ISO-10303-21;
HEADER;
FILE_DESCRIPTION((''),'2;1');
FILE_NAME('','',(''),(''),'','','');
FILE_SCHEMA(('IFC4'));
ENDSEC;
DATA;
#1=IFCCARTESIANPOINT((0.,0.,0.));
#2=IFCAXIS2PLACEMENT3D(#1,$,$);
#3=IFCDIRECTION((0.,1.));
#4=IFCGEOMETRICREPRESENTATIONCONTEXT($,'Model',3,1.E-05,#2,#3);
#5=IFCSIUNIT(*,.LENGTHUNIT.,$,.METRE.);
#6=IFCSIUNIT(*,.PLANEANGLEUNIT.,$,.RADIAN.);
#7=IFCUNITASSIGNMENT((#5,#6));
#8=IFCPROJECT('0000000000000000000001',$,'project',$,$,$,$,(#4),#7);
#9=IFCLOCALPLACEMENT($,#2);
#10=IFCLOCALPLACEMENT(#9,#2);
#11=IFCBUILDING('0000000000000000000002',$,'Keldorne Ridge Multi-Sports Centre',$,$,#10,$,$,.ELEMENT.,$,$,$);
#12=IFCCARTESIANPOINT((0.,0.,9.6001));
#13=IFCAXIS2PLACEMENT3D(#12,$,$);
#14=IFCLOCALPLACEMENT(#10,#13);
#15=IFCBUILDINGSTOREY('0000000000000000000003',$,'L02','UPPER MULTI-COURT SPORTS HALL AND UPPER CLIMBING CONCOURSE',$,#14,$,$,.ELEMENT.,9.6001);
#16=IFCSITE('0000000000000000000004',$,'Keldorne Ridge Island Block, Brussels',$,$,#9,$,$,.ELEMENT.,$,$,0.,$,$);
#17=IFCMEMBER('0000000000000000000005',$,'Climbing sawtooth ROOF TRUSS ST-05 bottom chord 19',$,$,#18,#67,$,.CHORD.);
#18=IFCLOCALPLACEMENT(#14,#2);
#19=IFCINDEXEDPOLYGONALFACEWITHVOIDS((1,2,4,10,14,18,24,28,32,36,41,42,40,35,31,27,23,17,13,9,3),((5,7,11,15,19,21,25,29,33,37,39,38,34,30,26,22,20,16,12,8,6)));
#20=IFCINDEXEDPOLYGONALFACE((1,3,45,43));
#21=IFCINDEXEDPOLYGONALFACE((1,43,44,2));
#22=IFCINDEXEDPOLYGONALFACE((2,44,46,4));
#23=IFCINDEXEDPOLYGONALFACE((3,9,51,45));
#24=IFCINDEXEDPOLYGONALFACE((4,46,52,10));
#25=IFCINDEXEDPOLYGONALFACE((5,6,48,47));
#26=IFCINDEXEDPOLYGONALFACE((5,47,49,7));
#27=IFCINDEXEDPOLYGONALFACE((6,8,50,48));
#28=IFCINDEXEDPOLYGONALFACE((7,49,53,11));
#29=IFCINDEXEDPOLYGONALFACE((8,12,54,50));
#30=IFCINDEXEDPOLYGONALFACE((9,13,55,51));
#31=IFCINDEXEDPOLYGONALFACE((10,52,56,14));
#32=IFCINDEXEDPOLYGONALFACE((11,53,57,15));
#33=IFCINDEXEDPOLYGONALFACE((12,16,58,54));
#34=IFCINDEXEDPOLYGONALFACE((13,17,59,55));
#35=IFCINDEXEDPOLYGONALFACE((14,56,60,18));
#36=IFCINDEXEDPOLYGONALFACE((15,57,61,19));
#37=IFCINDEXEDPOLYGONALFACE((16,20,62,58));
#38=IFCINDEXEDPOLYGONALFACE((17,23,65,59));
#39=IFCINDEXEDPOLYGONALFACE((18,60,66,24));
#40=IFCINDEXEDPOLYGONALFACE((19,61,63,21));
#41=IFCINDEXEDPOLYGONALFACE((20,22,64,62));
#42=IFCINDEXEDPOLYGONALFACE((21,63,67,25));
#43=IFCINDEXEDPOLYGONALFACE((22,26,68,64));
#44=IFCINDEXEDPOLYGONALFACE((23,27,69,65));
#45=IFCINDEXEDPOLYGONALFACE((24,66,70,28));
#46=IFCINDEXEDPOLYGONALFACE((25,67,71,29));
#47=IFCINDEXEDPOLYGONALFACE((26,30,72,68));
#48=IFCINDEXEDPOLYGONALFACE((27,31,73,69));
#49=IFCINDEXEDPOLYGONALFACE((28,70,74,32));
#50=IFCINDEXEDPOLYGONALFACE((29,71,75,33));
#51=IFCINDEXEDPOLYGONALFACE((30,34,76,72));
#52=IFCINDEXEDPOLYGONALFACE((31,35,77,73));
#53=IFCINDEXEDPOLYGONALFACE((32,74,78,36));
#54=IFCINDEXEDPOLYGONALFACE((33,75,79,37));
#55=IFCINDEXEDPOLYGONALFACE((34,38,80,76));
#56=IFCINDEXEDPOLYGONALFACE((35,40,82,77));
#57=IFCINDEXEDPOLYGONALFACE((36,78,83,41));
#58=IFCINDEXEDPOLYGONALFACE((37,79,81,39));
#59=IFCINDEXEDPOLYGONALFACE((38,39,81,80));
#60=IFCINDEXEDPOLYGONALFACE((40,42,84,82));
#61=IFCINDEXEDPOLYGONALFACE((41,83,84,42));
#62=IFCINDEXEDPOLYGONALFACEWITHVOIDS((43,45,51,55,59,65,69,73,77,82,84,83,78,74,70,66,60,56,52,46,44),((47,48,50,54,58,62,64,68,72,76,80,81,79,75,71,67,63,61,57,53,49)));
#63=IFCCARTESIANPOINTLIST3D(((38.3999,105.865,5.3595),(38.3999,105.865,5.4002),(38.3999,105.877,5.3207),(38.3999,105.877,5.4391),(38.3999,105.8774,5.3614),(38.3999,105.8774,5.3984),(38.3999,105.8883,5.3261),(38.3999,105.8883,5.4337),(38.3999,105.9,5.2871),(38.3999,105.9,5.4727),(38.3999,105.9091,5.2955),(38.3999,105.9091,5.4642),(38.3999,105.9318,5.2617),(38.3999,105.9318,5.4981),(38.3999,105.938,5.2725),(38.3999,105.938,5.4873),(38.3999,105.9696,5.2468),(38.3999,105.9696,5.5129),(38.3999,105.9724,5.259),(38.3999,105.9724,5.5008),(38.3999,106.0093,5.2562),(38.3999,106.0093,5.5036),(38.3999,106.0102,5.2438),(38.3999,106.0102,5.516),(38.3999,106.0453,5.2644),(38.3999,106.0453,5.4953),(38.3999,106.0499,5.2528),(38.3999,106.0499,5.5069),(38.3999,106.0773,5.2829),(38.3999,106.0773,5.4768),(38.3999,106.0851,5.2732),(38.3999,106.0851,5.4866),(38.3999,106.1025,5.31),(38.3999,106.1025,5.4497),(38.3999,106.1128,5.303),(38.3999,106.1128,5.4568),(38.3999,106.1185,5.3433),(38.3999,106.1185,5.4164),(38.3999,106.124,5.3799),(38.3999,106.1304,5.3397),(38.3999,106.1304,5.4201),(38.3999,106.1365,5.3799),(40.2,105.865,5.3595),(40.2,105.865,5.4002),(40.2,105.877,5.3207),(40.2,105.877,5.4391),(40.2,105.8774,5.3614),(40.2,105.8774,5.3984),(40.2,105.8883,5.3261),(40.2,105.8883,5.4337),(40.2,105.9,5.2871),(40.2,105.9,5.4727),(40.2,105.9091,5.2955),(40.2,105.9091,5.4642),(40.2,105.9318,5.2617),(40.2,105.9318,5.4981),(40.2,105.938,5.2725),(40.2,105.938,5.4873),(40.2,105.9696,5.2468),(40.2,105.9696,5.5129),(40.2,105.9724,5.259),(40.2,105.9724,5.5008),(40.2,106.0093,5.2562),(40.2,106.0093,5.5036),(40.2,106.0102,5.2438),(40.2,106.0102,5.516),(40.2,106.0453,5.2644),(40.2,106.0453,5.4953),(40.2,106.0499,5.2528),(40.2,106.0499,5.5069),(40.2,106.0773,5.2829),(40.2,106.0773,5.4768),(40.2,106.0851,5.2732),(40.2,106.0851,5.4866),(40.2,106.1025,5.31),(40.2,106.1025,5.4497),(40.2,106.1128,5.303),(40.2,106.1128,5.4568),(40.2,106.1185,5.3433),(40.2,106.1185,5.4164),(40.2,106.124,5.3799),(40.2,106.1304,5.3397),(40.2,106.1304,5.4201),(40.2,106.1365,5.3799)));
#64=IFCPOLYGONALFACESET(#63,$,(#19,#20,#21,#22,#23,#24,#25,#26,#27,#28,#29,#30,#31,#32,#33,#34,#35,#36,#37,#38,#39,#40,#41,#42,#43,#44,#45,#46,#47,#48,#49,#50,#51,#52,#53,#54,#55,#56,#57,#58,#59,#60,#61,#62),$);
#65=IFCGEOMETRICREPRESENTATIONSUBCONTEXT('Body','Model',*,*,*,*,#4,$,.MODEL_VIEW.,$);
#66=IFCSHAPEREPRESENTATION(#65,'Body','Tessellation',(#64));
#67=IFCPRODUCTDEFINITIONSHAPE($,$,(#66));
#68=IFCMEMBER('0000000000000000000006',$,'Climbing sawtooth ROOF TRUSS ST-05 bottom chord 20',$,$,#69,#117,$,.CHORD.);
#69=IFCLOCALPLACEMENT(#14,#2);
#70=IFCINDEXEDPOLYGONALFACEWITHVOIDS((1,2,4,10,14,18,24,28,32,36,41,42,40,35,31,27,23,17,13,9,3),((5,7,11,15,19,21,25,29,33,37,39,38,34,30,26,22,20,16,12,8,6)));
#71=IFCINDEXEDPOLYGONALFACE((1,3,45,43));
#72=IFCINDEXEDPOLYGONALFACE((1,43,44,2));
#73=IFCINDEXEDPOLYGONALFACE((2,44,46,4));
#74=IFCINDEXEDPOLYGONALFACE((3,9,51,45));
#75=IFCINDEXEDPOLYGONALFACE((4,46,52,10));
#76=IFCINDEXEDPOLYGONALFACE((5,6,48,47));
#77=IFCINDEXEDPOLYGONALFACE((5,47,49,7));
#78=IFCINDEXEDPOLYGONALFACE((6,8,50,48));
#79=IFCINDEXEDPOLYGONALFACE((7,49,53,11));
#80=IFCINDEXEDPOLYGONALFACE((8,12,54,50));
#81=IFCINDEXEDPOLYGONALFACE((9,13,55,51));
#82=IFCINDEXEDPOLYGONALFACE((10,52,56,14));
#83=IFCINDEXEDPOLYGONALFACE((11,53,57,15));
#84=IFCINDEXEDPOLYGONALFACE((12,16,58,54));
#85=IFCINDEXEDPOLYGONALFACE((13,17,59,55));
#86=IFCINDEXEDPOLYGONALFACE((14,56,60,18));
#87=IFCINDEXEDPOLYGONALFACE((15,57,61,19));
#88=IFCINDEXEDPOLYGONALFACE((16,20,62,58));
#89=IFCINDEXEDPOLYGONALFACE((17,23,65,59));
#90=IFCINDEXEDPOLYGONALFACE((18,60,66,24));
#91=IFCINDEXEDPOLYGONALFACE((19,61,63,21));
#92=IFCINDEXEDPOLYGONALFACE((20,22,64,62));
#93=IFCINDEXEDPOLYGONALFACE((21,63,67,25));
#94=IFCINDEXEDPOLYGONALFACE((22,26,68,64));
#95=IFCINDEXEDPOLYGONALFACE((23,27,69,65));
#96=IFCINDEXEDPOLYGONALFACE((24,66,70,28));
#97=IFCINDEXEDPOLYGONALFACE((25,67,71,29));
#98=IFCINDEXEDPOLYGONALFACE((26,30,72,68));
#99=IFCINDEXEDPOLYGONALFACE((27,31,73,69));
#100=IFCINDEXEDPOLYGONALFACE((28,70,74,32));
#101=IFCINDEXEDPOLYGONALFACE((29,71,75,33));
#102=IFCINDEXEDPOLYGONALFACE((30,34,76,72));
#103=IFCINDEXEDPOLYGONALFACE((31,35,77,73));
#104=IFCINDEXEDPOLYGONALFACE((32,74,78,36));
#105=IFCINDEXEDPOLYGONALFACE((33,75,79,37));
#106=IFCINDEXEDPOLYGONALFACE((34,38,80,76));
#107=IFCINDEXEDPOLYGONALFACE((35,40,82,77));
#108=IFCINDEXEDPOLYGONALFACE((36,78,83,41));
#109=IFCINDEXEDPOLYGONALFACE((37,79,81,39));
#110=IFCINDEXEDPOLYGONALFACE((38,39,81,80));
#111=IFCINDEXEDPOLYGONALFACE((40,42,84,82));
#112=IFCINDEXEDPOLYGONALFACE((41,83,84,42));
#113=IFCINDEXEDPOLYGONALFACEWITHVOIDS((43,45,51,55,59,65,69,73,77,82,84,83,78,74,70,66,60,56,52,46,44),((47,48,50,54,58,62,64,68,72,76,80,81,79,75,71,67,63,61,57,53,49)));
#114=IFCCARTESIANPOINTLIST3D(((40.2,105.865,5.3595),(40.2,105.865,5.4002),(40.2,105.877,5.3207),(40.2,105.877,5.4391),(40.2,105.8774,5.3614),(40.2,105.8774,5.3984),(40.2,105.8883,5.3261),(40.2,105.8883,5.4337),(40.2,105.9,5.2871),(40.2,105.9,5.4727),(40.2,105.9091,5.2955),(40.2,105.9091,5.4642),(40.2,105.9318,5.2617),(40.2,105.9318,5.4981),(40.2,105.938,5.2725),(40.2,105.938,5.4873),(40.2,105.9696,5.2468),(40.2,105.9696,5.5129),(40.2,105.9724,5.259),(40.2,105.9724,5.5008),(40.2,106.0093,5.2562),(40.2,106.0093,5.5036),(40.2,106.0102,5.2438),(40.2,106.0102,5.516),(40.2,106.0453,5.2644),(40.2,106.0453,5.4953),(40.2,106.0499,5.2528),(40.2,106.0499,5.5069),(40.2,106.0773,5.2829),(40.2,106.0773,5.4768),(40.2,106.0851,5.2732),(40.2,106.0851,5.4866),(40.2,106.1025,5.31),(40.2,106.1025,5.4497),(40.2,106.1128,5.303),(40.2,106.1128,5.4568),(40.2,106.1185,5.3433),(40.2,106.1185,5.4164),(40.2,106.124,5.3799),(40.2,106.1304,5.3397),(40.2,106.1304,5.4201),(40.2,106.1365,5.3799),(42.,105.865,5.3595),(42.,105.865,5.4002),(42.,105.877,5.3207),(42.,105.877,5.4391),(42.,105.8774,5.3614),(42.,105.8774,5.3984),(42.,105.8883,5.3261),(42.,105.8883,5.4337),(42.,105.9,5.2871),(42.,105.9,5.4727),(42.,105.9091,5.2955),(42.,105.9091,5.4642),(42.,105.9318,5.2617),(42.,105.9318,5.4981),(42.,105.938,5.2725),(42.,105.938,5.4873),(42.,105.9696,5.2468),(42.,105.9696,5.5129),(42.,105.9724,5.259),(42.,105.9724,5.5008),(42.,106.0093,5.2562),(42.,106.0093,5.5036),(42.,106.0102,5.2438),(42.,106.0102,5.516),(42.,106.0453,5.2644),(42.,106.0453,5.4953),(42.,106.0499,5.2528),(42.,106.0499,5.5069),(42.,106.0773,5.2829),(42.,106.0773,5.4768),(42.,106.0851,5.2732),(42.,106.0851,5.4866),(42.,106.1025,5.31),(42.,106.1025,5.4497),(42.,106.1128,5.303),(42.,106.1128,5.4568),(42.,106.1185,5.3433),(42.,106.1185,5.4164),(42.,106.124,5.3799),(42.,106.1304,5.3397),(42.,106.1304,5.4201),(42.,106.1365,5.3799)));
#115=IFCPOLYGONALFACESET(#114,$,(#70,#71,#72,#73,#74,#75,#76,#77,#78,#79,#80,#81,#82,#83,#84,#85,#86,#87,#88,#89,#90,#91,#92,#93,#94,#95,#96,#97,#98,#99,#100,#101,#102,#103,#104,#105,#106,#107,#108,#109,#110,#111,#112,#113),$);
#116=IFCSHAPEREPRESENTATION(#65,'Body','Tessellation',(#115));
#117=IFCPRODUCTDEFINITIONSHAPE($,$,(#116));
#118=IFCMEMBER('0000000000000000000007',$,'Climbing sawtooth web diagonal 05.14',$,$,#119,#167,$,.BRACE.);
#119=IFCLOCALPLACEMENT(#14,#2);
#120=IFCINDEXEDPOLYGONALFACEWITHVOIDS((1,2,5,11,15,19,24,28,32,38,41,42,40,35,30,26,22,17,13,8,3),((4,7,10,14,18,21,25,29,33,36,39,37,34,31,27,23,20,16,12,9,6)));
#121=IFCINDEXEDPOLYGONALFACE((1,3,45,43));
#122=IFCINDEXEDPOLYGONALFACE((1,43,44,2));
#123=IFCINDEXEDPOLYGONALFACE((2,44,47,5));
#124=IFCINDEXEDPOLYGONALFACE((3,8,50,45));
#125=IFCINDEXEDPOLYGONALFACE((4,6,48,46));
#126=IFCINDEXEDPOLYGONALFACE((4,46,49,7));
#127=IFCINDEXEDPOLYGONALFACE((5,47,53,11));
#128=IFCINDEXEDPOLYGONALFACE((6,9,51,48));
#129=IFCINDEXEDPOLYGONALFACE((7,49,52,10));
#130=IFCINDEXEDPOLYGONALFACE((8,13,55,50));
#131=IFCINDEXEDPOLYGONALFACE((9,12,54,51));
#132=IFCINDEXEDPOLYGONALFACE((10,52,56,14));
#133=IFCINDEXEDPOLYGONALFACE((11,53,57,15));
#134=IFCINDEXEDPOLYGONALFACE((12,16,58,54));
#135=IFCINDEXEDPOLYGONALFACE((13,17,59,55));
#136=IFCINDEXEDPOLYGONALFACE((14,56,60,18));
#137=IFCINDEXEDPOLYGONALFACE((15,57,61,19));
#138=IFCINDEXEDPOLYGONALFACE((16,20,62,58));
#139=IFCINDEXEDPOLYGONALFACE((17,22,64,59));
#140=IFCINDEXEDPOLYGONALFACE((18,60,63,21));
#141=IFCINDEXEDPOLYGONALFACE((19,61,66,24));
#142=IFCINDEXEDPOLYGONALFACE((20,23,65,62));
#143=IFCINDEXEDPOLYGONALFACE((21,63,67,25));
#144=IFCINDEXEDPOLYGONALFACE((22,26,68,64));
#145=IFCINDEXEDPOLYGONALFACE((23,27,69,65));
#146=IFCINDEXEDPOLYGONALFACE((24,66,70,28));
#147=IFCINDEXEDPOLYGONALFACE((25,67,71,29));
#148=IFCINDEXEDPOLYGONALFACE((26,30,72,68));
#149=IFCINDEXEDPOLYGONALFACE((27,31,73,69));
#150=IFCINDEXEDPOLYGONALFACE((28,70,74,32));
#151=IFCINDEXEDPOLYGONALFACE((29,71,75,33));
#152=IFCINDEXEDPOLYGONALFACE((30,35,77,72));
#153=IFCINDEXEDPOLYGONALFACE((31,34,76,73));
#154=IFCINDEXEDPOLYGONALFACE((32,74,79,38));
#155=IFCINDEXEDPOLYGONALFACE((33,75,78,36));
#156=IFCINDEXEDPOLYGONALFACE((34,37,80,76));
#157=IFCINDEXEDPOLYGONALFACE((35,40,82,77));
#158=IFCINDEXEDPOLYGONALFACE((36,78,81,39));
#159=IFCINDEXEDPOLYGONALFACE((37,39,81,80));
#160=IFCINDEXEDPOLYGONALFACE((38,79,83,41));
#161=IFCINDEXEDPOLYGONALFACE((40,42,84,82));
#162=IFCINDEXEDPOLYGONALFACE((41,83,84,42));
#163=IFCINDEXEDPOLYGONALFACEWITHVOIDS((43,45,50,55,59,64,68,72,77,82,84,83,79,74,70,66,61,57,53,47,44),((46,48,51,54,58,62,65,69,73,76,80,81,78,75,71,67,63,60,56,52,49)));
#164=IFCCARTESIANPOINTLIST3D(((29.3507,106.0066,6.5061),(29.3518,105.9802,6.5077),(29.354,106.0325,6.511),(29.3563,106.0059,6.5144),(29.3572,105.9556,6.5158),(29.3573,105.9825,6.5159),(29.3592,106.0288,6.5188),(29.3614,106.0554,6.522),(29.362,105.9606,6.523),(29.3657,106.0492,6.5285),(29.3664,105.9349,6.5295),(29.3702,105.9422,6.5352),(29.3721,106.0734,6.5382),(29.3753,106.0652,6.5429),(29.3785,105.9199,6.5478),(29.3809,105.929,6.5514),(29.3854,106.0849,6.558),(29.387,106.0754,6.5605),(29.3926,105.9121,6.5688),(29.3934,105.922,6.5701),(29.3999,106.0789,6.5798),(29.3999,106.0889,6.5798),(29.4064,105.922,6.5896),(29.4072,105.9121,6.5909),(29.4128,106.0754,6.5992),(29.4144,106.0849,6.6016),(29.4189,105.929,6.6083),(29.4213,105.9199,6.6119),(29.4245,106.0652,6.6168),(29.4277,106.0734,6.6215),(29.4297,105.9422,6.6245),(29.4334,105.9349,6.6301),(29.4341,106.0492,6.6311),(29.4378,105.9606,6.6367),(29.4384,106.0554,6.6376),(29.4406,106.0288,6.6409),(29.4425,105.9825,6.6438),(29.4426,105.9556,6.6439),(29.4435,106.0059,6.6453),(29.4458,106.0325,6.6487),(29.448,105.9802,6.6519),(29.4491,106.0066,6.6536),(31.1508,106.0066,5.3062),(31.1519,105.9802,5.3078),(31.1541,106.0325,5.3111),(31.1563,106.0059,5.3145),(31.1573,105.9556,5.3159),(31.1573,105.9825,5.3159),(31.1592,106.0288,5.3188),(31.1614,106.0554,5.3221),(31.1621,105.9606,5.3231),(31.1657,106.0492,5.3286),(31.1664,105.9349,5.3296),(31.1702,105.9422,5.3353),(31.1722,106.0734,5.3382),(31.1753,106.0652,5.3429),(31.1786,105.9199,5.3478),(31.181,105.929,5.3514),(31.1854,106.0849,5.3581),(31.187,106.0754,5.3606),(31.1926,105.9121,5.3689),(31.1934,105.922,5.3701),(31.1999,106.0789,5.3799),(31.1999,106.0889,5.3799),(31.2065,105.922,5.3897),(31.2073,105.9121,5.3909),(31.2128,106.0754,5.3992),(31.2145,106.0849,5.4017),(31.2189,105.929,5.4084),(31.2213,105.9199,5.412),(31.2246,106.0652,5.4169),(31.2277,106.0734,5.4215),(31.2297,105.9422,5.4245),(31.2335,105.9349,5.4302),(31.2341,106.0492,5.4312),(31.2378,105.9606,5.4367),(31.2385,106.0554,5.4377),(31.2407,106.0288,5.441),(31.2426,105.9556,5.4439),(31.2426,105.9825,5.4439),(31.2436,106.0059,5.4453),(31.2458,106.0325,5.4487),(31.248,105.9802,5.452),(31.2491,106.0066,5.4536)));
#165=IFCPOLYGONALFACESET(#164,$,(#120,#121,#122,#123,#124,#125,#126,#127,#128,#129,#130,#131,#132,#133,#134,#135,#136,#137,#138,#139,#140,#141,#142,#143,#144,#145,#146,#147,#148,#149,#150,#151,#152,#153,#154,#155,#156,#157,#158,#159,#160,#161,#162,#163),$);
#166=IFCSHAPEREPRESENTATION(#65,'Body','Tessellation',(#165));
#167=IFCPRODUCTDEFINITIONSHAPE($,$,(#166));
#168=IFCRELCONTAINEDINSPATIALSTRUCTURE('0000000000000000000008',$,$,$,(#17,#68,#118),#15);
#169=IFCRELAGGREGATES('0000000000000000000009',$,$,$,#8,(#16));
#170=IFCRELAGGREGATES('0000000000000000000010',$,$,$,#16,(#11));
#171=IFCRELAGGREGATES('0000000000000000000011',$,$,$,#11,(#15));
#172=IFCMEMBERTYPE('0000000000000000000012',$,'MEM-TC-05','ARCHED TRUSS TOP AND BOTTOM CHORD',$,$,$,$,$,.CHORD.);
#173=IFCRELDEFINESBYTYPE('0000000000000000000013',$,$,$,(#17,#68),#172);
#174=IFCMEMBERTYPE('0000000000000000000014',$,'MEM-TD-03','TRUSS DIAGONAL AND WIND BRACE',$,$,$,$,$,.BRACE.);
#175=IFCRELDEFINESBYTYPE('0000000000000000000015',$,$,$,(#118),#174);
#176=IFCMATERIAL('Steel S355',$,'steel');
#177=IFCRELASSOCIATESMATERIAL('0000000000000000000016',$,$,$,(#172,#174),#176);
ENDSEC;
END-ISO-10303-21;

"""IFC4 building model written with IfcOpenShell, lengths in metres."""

from ifc_helpers import new_model, si_unit, direction, frame, origin, origin_2d, place, context, subcontext, project, spatial, hollow_circle, extrude, material, material_profile, profile_set, type_object, element, save


model = new_model("IFC4")

# Units and contexts
model_context = context("Model", 3, precision=1e-05, world=origin(), true_north=direction((0.0, 1.0)))
body_context = subcontext(model_context, "Body", "Model", "MODEL_VIEW")
ifc_project = project(units=[si_unit("LENGTHUNIT", "METRE"), si_unit("PLANEANGLEUNIT", "RADIAN")], contexts=[model_context])

# Site, building, storey
site_placement = place(None, origin())
site = spatial("IfcSite", under=ifc_project, at=site_placement, Name="Keldorne Ridge Island Block, Brussels", CompositionType="ELEMENT", RefElevation=0.0)
building_placement = place(site_placement, origin())
building = spatial("IfcBuilding", under=site, at=building_placement, Name="Keldorne Ridge Multi-Sports Centre", CompositionType="ELEMENT")
storey_placement = place(building_placement, frame((0.0, 0.0, 9.6001)))
storey = spatial("IfcBuildingStorey", under=building, at=storey_placement, Name="L02", Description="UPPER MULTI-COURT SPORTS HALL AND UPPER CLIMBING CONCOURSE", CompositionType="ELEMENT", Elevation=9.6001)

# Shared definitions
ifc_material_1 = material(Name="Steel S355", Category="steel")

# Members
ifc_material_profile_1 = material_profile(ifc_material_1, hollow_circle(Radius=0.1365, WallThickness=0.0125, at=origin_2d()), Name="CHS 273x12.5")
ifc_profile_set_1 = profile_set([ifc_material_profile_1], Name="Steel S355")
member_type_1 = type_object("IfcMemberType", Name="MEM-TC-05", Description="ARCHED TRUSS TOP AND BOTTOM CHORD", PredefinedType="CHORD", material=ifc_profile_set_1)
for number, where, z_axis, x_axis, name in (
    (1, (38.3999, 106.0, 5.3799), (1.0, 0.0, 0.0), (0.0, 1.0, 0.0), "Climbing sawtooth ROOF TRUSS ST-05 bottom chord 19"),
    (2, (40.2, 106.0, 5.3799), (1.0, 0.0, 0.0), (0.0, 1.0, 0.0), "Climbing sawtooth ROOF TRUSS ST-05 bottom chord 20"),
):
    element("IfcMember", number, at=place(storey_placement, frame(where, z_axis=z_axis, x_axis=x_axis)), inside=storey, type_object=member_type_1, Name=name, PredefinedType="CHORD", context=body_context, shape_type="SweptSolid", body=[
        extrude(hollow_circle(Radius=0.1365, WallThickness=0.0125, at=origin_2d()), origin(), (0.0, 0.0, 1.0), 1.8),
    ])
ifc_material_profile_2 = material_profile(ifc_material_1, hollow_circle(Radius=0.0889, WallThickness=0.01, at=origin_2d()), Name="CHS 177.8x10")
ifc_profile_set_2 = profile_set([ifc_material_profile_2], Name="Steel S355")
member_type_2 = type_object("IfcMemberType", Name="MEM-TD-03", Description="TRUSS DIAGONAL AND WIND BRACE", PredefinedType="BRACE", material=ifc_profile_set_2)
for number, where, z_axis, x_axis, name in (
    (3, (29.3999, 106.0, 6.5798), (0.832068, 0.0, -0.554674), (0.0, 1.0, 0.0), "Climbing sawtooth web diagonal 05.14"),
):
    element("IfcMember", number, at=place(storey_placement, frame(where, z_axis=z_axis, x_axis=x_axis)), inside=storey, type_object=member_type_2, Name=name, PredefinedType="BRACE", context=body_context, shape_type="SweptSolid", body=[
        extrude(hollow_circle(Radius=0.0889, WallThickness=0.01, at=origin_2d()), origin(), (0.0, 0.0, 1.0), 2.1633),
    ])

save(model, "model.ifc")
